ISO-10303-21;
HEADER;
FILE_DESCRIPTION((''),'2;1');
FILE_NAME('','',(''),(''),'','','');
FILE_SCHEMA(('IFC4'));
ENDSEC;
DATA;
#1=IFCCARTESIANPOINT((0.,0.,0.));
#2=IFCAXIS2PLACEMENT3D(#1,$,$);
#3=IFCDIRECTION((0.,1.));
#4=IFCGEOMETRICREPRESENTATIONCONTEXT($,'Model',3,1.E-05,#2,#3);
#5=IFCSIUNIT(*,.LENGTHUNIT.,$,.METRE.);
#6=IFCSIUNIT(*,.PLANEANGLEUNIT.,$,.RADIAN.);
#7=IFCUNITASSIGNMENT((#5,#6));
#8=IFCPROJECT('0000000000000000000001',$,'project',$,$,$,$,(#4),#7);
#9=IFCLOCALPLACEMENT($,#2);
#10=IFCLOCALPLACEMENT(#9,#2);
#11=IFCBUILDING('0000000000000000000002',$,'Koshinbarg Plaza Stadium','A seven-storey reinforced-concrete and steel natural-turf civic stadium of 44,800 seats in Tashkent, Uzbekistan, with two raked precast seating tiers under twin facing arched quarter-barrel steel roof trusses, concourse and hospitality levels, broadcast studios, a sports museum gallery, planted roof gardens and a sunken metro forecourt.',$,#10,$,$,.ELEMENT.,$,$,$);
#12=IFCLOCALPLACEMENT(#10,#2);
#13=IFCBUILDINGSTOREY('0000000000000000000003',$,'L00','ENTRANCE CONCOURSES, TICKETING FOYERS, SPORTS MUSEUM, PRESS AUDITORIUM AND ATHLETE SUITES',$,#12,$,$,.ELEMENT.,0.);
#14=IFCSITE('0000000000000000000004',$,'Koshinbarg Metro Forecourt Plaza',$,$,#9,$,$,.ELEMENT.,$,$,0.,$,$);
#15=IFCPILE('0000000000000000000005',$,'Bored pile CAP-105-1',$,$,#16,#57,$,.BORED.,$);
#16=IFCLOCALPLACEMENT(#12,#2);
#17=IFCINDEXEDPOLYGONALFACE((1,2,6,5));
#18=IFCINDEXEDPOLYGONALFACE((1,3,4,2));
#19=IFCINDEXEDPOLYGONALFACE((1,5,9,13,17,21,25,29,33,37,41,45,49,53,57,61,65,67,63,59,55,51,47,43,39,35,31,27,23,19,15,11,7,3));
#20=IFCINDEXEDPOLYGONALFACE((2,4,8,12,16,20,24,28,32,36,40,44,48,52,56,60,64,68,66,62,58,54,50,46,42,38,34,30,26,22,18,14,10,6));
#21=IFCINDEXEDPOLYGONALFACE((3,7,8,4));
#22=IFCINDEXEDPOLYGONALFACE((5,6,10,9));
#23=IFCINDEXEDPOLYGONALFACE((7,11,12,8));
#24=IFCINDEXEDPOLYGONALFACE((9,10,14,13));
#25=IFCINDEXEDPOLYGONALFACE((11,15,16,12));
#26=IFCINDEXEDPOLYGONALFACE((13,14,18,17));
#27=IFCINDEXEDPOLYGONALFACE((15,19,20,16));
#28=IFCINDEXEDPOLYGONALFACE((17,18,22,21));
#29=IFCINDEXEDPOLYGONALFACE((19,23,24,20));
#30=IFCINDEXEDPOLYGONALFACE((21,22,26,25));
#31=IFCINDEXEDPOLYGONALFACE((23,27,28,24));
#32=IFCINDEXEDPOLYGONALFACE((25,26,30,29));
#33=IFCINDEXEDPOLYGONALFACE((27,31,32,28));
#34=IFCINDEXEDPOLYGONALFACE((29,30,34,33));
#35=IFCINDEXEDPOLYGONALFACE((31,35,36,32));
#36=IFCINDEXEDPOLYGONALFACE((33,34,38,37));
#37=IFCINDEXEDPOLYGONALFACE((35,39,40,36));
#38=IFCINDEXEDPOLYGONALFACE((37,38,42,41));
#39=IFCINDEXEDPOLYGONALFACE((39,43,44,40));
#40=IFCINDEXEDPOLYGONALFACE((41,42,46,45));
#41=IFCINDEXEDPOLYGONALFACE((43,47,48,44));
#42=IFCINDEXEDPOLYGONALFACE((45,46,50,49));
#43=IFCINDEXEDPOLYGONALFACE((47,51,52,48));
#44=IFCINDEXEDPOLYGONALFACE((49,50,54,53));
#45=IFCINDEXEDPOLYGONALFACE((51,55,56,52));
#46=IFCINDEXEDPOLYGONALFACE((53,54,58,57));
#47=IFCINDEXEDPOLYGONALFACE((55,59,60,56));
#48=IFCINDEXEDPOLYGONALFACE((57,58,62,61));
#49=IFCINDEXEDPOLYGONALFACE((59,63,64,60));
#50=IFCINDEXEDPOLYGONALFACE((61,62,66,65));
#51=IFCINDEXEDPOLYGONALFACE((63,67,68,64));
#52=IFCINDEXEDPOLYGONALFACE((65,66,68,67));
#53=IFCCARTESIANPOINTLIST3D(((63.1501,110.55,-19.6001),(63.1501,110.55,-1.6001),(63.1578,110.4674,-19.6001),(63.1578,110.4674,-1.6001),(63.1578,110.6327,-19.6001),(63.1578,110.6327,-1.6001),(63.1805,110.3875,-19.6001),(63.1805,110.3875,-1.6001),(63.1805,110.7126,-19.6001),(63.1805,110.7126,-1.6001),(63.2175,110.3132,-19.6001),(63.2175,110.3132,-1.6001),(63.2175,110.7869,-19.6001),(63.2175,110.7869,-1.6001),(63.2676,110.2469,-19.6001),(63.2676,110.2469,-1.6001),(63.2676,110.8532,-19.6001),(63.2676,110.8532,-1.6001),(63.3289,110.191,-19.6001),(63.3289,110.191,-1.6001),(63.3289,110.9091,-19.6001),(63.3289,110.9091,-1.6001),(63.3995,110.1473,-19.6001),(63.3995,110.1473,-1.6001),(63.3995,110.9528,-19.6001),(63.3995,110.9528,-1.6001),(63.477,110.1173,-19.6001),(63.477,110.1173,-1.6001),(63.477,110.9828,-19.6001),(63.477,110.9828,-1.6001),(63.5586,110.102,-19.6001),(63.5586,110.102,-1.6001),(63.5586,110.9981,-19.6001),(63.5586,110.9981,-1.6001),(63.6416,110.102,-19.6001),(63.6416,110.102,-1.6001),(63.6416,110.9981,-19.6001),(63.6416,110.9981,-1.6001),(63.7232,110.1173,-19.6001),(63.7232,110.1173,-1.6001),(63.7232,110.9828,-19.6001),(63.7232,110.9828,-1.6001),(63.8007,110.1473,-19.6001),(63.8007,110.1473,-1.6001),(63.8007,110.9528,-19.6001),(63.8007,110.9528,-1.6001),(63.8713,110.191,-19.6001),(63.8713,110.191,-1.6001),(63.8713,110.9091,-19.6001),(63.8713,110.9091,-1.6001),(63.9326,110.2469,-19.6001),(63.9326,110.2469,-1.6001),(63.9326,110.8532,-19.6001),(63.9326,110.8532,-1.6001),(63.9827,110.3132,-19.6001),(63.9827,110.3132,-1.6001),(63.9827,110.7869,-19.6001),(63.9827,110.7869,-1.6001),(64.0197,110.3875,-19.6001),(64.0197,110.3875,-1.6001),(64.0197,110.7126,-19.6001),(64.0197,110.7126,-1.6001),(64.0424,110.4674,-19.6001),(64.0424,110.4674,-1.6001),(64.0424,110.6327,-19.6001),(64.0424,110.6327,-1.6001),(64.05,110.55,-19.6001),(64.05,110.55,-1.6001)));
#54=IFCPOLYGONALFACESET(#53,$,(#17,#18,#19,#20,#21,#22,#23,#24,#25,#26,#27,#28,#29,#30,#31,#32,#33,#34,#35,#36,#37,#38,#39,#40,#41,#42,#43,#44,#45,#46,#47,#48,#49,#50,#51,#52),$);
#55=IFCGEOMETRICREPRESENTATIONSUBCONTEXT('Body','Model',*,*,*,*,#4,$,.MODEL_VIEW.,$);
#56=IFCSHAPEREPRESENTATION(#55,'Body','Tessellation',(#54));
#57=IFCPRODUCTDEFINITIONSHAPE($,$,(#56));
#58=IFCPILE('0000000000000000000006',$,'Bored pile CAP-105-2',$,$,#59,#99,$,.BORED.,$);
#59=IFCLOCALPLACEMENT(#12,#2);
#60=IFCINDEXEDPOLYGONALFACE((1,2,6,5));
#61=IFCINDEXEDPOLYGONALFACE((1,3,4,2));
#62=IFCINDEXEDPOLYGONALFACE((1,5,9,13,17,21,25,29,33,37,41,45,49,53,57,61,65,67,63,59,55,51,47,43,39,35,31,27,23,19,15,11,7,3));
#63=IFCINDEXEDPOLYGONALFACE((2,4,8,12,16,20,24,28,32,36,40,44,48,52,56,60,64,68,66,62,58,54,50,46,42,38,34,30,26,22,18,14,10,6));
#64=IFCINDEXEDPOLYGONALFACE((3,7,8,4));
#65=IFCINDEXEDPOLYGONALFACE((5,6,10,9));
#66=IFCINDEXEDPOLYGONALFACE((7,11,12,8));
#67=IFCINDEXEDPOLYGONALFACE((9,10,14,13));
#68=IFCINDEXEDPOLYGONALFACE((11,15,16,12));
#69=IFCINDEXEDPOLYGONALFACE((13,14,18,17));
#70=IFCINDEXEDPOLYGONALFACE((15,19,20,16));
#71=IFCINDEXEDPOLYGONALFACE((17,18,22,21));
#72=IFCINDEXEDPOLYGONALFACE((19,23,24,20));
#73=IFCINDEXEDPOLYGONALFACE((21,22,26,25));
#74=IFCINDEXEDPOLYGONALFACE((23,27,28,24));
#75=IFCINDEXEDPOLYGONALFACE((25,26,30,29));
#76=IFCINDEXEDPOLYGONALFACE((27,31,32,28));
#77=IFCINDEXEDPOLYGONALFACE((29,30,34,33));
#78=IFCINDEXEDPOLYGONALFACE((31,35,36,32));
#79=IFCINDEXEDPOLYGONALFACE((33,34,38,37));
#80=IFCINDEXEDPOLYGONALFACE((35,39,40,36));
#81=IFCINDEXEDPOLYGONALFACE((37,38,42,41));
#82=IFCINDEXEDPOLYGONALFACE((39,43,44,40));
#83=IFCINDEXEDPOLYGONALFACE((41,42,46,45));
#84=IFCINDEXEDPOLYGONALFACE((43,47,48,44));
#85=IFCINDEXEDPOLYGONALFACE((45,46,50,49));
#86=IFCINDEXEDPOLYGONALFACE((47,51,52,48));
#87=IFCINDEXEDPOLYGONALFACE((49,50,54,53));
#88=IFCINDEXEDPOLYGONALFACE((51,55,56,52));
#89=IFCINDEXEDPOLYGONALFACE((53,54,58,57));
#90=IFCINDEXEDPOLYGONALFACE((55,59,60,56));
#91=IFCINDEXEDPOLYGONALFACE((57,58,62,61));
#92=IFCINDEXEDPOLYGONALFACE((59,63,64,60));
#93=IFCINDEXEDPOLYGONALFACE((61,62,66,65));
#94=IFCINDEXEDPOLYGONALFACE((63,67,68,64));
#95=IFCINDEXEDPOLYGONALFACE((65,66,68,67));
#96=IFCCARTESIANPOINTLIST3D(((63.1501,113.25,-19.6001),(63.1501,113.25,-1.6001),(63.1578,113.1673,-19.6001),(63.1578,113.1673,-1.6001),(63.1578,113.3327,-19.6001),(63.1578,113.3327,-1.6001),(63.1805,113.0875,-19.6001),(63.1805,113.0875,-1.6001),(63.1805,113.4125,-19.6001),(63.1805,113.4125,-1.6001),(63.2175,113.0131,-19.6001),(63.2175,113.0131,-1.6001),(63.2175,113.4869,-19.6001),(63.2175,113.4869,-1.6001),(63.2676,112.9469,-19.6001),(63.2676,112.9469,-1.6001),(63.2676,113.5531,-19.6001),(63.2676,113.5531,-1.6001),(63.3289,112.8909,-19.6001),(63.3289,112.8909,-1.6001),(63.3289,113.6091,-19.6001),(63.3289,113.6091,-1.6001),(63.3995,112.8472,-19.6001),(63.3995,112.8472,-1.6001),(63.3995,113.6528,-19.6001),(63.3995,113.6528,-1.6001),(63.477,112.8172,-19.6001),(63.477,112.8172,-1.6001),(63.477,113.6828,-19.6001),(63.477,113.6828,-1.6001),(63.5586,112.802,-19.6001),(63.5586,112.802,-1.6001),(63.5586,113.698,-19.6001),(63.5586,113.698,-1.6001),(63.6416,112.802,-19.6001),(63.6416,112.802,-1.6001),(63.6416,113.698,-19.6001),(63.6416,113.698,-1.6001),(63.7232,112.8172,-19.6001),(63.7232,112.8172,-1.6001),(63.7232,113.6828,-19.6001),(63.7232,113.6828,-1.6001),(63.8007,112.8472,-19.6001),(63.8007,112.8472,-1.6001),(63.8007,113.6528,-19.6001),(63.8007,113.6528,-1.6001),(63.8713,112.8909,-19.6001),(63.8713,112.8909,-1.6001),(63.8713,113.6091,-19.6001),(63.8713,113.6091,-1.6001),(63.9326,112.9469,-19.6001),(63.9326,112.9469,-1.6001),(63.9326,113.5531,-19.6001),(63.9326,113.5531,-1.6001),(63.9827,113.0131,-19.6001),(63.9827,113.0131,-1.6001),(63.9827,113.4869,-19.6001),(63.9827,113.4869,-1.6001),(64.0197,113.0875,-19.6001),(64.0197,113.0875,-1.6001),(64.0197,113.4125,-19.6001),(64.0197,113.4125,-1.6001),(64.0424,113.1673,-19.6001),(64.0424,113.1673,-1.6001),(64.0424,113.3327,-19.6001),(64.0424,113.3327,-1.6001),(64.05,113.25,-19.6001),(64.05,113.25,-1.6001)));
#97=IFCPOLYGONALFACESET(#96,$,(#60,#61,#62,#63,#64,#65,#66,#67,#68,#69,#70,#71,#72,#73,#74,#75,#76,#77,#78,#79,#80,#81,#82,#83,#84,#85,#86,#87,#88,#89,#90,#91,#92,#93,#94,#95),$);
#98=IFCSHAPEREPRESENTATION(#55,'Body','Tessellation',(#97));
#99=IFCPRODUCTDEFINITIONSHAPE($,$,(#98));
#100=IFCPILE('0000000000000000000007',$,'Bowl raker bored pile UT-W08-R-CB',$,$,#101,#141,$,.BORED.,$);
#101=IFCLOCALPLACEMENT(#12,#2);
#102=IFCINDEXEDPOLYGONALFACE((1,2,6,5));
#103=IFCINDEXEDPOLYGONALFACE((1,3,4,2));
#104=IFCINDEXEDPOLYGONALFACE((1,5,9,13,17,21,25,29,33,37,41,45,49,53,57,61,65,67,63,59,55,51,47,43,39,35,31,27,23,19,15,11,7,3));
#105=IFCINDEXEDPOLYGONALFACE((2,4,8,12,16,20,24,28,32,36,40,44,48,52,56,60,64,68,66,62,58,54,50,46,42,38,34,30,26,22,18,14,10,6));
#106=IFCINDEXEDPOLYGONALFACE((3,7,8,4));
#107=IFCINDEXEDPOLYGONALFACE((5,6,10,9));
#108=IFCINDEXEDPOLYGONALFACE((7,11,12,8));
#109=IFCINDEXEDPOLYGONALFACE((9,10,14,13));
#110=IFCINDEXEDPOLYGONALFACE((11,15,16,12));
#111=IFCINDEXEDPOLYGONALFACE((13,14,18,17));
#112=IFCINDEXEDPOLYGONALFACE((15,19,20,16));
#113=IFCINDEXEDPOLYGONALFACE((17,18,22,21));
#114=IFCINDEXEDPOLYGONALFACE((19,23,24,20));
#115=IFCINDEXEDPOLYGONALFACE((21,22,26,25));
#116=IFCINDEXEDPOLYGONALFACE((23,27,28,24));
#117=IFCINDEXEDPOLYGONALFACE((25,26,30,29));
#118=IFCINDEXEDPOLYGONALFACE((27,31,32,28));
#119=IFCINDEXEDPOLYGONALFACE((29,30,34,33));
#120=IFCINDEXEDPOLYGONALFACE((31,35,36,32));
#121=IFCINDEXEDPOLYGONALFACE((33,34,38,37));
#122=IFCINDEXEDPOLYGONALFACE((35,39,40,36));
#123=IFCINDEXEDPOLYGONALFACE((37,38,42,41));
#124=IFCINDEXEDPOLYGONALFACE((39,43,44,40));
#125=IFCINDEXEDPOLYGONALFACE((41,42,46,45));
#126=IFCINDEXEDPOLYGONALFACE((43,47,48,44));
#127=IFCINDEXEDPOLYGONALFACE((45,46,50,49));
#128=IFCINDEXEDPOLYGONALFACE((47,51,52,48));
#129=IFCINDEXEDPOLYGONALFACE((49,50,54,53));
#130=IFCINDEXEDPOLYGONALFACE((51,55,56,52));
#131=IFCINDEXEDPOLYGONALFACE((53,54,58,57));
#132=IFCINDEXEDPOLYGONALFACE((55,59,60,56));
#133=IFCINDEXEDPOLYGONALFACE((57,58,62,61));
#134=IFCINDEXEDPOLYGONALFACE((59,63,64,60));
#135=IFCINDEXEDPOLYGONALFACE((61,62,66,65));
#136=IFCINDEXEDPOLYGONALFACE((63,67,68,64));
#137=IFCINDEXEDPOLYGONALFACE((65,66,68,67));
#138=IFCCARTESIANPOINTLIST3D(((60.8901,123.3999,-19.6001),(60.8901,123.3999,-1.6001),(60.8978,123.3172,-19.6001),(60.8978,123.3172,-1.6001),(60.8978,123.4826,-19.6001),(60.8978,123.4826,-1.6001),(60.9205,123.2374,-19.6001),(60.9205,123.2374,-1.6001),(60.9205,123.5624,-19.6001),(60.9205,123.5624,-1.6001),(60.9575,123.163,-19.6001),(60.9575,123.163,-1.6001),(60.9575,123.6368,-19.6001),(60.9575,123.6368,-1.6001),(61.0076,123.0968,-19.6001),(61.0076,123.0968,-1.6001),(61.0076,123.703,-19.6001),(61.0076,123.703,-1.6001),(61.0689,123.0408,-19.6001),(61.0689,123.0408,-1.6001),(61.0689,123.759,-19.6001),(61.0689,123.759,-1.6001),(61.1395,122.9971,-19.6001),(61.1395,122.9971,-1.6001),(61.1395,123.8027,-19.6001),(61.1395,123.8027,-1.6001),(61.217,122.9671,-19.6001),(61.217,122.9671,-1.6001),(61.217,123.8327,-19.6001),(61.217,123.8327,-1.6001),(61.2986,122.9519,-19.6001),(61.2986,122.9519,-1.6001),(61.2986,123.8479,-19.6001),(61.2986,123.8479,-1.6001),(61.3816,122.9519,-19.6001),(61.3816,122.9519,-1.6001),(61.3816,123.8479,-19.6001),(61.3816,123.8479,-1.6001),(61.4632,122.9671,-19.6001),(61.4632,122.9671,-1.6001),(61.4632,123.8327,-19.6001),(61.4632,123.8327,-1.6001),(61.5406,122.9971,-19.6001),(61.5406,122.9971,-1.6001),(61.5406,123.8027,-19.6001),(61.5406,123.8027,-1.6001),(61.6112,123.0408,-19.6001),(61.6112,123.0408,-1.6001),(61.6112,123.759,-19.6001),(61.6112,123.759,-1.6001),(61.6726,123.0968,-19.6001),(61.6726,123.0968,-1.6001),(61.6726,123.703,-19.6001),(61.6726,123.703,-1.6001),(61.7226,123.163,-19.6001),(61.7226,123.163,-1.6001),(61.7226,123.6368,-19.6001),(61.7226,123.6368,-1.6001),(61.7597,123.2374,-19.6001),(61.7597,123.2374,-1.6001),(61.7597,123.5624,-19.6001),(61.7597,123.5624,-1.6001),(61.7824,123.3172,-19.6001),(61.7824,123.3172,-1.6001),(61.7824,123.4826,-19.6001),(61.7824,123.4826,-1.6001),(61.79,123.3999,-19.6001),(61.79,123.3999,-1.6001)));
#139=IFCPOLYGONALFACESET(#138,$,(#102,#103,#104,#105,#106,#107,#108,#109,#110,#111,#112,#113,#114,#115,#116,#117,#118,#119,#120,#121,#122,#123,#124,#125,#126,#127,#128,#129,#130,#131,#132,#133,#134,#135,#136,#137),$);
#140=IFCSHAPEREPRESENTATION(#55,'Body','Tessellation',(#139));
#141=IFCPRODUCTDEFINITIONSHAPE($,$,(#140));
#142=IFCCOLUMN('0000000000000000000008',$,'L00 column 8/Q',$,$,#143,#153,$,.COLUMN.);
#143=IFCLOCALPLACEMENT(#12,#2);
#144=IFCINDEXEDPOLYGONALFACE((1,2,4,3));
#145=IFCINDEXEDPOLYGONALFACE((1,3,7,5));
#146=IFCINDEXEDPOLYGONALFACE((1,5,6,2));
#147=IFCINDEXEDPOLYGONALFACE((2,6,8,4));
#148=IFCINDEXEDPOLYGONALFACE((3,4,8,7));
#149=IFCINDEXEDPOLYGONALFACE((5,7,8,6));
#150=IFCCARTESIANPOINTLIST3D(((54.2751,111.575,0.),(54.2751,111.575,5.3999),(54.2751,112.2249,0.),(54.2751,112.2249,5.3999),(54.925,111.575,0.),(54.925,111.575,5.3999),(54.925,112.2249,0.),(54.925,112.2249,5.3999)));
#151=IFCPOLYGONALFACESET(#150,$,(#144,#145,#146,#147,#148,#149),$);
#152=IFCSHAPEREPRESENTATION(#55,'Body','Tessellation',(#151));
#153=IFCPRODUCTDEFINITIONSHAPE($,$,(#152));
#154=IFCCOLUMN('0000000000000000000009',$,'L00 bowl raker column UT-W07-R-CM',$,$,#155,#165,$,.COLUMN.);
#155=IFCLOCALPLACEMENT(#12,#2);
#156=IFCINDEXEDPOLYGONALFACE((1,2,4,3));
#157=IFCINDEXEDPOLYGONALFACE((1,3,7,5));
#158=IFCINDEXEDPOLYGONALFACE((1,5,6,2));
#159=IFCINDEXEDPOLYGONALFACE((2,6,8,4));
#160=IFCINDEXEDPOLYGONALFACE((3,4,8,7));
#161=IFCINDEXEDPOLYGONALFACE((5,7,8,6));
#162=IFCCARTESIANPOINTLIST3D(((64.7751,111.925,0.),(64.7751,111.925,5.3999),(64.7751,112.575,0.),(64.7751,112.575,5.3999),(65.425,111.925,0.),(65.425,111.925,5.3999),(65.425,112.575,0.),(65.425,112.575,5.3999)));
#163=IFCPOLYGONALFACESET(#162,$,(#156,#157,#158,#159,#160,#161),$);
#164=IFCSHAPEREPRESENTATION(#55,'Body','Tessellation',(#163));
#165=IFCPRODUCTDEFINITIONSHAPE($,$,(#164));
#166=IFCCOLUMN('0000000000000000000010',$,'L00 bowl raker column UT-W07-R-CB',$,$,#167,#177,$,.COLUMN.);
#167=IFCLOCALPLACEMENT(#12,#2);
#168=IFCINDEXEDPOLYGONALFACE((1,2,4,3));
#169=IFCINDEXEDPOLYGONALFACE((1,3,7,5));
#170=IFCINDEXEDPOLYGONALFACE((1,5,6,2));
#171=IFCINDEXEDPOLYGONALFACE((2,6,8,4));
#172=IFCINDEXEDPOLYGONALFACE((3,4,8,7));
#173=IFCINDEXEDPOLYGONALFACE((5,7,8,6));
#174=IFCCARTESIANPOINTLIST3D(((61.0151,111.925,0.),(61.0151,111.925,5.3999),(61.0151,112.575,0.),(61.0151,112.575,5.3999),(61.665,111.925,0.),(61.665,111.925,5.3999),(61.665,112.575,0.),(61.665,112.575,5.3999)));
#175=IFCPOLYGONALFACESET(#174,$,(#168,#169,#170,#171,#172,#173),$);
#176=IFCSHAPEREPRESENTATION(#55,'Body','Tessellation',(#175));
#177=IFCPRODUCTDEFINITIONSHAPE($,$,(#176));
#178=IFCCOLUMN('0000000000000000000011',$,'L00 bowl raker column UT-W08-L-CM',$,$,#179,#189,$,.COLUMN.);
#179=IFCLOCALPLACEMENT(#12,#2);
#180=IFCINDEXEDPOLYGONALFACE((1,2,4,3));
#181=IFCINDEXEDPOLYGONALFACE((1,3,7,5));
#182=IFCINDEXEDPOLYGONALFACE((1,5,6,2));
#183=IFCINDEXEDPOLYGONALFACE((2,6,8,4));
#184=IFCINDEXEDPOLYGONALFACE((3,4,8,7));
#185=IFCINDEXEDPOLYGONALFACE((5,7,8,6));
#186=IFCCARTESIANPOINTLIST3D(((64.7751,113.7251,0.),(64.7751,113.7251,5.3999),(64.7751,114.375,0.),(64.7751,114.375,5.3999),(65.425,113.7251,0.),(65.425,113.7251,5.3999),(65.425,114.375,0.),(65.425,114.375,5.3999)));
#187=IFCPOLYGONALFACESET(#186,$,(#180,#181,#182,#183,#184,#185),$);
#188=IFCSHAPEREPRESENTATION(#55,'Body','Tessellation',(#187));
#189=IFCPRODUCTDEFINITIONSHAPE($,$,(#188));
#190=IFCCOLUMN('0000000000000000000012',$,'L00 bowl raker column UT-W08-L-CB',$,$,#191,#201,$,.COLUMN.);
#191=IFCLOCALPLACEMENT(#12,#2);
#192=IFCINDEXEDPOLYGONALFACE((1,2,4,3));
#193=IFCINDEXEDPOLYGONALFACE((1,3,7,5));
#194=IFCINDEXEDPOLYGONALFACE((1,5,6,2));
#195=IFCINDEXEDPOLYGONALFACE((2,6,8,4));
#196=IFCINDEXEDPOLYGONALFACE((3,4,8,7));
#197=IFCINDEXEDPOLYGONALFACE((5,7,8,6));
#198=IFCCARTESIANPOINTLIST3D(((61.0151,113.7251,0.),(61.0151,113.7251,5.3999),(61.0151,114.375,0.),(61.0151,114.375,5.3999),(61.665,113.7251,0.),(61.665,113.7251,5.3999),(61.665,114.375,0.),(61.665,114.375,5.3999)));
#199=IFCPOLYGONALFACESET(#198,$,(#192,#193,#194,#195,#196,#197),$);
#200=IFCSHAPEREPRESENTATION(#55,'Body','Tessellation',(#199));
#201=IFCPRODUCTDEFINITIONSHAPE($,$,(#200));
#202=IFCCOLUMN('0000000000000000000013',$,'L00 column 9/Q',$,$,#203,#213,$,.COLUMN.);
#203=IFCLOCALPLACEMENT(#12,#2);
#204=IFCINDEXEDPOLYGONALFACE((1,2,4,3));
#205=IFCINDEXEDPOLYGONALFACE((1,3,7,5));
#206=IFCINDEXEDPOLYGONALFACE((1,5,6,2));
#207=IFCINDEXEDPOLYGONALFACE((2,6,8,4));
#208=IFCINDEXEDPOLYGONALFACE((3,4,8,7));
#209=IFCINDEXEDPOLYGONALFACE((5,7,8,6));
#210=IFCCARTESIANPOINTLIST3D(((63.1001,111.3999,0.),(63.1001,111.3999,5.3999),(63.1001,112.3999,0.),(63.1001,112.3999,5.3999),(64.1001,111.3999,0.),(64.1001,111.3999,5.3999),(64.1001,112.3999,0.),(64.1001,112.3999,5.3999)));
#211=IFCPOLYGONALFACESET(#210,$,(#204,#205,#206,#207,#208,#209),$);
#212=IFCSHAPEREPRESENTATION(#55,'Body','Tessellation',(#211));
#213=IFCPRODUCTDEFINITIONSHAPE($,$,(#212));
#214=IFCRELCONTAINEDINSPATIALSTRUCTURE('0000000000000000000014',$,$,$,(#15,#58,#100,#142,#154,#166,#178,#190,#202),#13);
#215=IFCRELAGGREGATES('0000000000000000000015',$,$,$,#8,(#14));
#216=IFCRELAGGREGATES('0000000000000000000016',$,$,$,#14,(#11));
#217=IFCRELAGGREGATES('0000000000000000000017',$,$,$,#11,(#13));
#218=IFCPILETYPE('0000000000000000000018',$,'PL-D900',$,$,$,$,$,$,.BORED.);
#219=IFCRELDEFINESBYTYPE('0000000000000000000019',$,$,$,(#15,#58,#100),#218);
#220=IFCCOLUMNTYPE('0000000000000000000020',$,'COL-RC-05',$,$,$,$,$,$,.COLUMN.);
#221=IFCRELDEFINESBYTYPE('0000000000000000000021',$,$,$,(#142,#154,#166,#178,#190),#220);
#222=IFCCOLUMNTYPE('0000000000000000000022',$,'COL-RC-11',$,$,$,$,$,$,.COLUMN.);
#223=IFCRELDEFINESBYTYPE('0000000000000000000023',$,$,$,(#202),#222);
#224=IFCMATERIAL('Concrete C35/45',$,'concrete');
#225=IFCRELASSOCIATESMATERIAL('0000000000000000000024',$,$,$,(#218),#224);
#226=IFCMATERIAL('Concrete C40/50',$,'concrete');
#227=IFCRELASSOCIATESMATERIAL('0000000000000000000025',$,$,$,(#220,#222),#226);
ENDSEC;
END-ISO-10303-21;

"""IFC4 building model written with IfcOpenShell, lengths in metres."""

from ifc_helpers import new_model, si_unit, direction, frame, origin, origin_2d, place, context, subcontext, project, spatial, rectangle, circle, extrude, material, material_profile, profile_set, type_object, element, save


model = new_model("IFC4")

# Units and contexts
model_context = context("Model", 3, precision=1e-05, world=origin(), true_north=direction((0.0, 1.0)))
body_context = subcontext(model_context, "Body", "Model", "MODEL_VIEW")
ifc_project = project(units=[si_unit("LENGTHUNIT", "METRE"), si_unit("PLANEANGLEUNIT", "RADIAN")], contexts=[model_context])

# Site, building, storey
site_placement = place(None, origin())
site = spatial("IfcSite", under=ifc_project, at=site_placement, Name="Koshinbarg Metro Forecourt Plaza", CompositionType="ELEMENT", RefElevation=0.0)
building_placement = place(site_placement, origin())
building = spatial("IfcBuilding", under=site, at=building_placement, Name="Koshinbarg Plaza Stadium", Description="A seven-storey reinforced-concrete and steel natural-turf civic stadium of 44,800 seats in Tashkent, Uzbekistan, with two raked precast seating tiers under twin facing arched quarter-barrel steel roof trusses, concourse and hospitality levels, broadcast studios, a sports museum gallery, planted roof gardens and a sunken metro forecourt.", CompositionType="ELEMENT")
storey_placement = place(building_placement, origin())
storey = spatial("IfcBuildingStorey", under=building, at=storey_placement, Name="L00", Description="ENTRANCE CONCOURSES, TICKETING FOYERS, SPORTS MUSEUM, PRESS AUDITORIUM AND ATHLETE SUITES", CompositionType="ELEMENT", Elevation=0.0)

# Shared definitions
ifc_material_1 = material(Name="Concrete C35/45", Category="concrete")

# Piles
ifc_material_profile_1 = material_profile(ifc_material_1, circle(Radius=0.45, at=origin_2d()), Name="PILE D900")
ifc_profile_set_1 = profile_set([ifc_material_profile_1], Name="Concrete C35/45")
pile_type_1 = type_object("IfcPileType", Name="PL-D900", PredefinedType="BORED", material=ifc_profile_set_1)
for number, where, z_axis, x_axis, name in (
    (1, (63.6001, 110.55, -1.6001), (0.0, 0.0, -1.0), (1.0, 0.0, 0.0), "Bored pile CAP-105-1"),
    (2, (63.6001, 113.25, -1.6001), (0.0, 0.0, -1.0), (1.0, 0.0, 0.0), "Bored pile CAP-105-2"),
    (3, (61.3401, 123.3999, -1.6001), (0.0, 0.0, -1.0), (1.0, 0.0, 0.0), "Bowl raker bored pile UT-W08-R-CB"),
):
    element("IfcPile", number, at=place(storey_placement, frame(where, z_axis=z_axis, x_axis=x_axis)), inside=storey, type_object=pile_type_1, Name=name, PredefinedType="BORED", context=body_context, shape_type="SweptSolid", body=[
        extrude(circle(Radius=0.45, at=origin_2d()), origin(), (0.0, 0.0, 1.0), 18.0),
    ])

# Columns
ifc_material_2 = material(Name="Concrete C40/50", Category="concrete")
ifc_material_profile_2 = material_profile(ifc_material_2, rectangle(XDim=0.6499, YDim=0.6499, at=origin_2d()), Name="RC 650x650")
ifc_profile_set_2 = profile_set([ifc_material_profile_2], Name="Concrete C40/50")
column_type_1 = type_object("IfcColumnType", Name="COL-RC-05", PredefinedType="COLUMN", material=ifc_profile_set_2)
for number, where, z_axis, x_axis, name in (
    (4, (54.6001, 111.8999, 0.0), (0.0, 0.0, 1.0), (1.0, 0.0, 0.0), "L00 column 8/Q"),
    (5, (65.1001, 112.25, 0.0), (0.0, 0.0, 1.0), (1.0, 0.0, 0.0), "L00 bowl raker column UT-W07-R-CM"),
    (6, (61.3401, 112.25, 0.0), (0.0, 0.0, 1.0), (1.0, 0.0, 0.0), "L00 bowl raker column UT-W07-R-CB"),
    (7, (65.1001, 114.05, 0.0), (0.0, 0.0, 1.0), (1.0, 0.0, 0.0), "L00 bowl raker column UT-W08-L-CM"),
    (8, (61.3401, 114.05, 0.0), (0.0, 0.0, 1.0), (1.0, 0.0, 0.0), "L00 bowl raker column UT-W08-L-CB"),
):
    element("IfcColumn", number, at=place(storey_placement, frame(where, z_axis=z_axis, x_axis=x_axis)), inside=storey, type_object=column_type_1, Name=name, PredefinedType="COLUMN", context=body_context, shape_type="SweptSolid", body=[
        extrude(rectangle(XDim=0.6499, YDim=0.6499, at=origin_2d()), origin(), (0.0, 0.0, 1.0), 5.3999),
    ])
ifc_material_profile_3 = material_profile(ifc_material_2, rectangle(XDim=1.0, YDim=1.0, at=origin_2d()), Name="RC 1000x1000")
ifc_profile_set_3 = profile_set([ifc_material_profile_3], Name="Concrete C40/50")
column_type_2 = type_object("IfcColumnType", Name="COL-RC-11", PredefinedType="COLUMN", material=ifc_profile_set_3)
column_placement = place(storey_placement, frame((63.6001, 111.8999, 0.0), z_axis=(0.0, 0.0, 1.0), x_axis=(1.0, 0.0, 0.0)))
element("IfcColumn", 9, at=column_placement, inside=storey, type_object=column_type_2, Name="L00 column 9/Q", PredefinedType="COLUMN", context=body_context, shape_type="SweptSolid", body=[
    extrude(rectangle(XDim=1.0, YDim=1.0, at=origin_2d()), origin(), (0.0, 0.0, 1.0), 5.3999),
])

save(model, "model.ifc")
